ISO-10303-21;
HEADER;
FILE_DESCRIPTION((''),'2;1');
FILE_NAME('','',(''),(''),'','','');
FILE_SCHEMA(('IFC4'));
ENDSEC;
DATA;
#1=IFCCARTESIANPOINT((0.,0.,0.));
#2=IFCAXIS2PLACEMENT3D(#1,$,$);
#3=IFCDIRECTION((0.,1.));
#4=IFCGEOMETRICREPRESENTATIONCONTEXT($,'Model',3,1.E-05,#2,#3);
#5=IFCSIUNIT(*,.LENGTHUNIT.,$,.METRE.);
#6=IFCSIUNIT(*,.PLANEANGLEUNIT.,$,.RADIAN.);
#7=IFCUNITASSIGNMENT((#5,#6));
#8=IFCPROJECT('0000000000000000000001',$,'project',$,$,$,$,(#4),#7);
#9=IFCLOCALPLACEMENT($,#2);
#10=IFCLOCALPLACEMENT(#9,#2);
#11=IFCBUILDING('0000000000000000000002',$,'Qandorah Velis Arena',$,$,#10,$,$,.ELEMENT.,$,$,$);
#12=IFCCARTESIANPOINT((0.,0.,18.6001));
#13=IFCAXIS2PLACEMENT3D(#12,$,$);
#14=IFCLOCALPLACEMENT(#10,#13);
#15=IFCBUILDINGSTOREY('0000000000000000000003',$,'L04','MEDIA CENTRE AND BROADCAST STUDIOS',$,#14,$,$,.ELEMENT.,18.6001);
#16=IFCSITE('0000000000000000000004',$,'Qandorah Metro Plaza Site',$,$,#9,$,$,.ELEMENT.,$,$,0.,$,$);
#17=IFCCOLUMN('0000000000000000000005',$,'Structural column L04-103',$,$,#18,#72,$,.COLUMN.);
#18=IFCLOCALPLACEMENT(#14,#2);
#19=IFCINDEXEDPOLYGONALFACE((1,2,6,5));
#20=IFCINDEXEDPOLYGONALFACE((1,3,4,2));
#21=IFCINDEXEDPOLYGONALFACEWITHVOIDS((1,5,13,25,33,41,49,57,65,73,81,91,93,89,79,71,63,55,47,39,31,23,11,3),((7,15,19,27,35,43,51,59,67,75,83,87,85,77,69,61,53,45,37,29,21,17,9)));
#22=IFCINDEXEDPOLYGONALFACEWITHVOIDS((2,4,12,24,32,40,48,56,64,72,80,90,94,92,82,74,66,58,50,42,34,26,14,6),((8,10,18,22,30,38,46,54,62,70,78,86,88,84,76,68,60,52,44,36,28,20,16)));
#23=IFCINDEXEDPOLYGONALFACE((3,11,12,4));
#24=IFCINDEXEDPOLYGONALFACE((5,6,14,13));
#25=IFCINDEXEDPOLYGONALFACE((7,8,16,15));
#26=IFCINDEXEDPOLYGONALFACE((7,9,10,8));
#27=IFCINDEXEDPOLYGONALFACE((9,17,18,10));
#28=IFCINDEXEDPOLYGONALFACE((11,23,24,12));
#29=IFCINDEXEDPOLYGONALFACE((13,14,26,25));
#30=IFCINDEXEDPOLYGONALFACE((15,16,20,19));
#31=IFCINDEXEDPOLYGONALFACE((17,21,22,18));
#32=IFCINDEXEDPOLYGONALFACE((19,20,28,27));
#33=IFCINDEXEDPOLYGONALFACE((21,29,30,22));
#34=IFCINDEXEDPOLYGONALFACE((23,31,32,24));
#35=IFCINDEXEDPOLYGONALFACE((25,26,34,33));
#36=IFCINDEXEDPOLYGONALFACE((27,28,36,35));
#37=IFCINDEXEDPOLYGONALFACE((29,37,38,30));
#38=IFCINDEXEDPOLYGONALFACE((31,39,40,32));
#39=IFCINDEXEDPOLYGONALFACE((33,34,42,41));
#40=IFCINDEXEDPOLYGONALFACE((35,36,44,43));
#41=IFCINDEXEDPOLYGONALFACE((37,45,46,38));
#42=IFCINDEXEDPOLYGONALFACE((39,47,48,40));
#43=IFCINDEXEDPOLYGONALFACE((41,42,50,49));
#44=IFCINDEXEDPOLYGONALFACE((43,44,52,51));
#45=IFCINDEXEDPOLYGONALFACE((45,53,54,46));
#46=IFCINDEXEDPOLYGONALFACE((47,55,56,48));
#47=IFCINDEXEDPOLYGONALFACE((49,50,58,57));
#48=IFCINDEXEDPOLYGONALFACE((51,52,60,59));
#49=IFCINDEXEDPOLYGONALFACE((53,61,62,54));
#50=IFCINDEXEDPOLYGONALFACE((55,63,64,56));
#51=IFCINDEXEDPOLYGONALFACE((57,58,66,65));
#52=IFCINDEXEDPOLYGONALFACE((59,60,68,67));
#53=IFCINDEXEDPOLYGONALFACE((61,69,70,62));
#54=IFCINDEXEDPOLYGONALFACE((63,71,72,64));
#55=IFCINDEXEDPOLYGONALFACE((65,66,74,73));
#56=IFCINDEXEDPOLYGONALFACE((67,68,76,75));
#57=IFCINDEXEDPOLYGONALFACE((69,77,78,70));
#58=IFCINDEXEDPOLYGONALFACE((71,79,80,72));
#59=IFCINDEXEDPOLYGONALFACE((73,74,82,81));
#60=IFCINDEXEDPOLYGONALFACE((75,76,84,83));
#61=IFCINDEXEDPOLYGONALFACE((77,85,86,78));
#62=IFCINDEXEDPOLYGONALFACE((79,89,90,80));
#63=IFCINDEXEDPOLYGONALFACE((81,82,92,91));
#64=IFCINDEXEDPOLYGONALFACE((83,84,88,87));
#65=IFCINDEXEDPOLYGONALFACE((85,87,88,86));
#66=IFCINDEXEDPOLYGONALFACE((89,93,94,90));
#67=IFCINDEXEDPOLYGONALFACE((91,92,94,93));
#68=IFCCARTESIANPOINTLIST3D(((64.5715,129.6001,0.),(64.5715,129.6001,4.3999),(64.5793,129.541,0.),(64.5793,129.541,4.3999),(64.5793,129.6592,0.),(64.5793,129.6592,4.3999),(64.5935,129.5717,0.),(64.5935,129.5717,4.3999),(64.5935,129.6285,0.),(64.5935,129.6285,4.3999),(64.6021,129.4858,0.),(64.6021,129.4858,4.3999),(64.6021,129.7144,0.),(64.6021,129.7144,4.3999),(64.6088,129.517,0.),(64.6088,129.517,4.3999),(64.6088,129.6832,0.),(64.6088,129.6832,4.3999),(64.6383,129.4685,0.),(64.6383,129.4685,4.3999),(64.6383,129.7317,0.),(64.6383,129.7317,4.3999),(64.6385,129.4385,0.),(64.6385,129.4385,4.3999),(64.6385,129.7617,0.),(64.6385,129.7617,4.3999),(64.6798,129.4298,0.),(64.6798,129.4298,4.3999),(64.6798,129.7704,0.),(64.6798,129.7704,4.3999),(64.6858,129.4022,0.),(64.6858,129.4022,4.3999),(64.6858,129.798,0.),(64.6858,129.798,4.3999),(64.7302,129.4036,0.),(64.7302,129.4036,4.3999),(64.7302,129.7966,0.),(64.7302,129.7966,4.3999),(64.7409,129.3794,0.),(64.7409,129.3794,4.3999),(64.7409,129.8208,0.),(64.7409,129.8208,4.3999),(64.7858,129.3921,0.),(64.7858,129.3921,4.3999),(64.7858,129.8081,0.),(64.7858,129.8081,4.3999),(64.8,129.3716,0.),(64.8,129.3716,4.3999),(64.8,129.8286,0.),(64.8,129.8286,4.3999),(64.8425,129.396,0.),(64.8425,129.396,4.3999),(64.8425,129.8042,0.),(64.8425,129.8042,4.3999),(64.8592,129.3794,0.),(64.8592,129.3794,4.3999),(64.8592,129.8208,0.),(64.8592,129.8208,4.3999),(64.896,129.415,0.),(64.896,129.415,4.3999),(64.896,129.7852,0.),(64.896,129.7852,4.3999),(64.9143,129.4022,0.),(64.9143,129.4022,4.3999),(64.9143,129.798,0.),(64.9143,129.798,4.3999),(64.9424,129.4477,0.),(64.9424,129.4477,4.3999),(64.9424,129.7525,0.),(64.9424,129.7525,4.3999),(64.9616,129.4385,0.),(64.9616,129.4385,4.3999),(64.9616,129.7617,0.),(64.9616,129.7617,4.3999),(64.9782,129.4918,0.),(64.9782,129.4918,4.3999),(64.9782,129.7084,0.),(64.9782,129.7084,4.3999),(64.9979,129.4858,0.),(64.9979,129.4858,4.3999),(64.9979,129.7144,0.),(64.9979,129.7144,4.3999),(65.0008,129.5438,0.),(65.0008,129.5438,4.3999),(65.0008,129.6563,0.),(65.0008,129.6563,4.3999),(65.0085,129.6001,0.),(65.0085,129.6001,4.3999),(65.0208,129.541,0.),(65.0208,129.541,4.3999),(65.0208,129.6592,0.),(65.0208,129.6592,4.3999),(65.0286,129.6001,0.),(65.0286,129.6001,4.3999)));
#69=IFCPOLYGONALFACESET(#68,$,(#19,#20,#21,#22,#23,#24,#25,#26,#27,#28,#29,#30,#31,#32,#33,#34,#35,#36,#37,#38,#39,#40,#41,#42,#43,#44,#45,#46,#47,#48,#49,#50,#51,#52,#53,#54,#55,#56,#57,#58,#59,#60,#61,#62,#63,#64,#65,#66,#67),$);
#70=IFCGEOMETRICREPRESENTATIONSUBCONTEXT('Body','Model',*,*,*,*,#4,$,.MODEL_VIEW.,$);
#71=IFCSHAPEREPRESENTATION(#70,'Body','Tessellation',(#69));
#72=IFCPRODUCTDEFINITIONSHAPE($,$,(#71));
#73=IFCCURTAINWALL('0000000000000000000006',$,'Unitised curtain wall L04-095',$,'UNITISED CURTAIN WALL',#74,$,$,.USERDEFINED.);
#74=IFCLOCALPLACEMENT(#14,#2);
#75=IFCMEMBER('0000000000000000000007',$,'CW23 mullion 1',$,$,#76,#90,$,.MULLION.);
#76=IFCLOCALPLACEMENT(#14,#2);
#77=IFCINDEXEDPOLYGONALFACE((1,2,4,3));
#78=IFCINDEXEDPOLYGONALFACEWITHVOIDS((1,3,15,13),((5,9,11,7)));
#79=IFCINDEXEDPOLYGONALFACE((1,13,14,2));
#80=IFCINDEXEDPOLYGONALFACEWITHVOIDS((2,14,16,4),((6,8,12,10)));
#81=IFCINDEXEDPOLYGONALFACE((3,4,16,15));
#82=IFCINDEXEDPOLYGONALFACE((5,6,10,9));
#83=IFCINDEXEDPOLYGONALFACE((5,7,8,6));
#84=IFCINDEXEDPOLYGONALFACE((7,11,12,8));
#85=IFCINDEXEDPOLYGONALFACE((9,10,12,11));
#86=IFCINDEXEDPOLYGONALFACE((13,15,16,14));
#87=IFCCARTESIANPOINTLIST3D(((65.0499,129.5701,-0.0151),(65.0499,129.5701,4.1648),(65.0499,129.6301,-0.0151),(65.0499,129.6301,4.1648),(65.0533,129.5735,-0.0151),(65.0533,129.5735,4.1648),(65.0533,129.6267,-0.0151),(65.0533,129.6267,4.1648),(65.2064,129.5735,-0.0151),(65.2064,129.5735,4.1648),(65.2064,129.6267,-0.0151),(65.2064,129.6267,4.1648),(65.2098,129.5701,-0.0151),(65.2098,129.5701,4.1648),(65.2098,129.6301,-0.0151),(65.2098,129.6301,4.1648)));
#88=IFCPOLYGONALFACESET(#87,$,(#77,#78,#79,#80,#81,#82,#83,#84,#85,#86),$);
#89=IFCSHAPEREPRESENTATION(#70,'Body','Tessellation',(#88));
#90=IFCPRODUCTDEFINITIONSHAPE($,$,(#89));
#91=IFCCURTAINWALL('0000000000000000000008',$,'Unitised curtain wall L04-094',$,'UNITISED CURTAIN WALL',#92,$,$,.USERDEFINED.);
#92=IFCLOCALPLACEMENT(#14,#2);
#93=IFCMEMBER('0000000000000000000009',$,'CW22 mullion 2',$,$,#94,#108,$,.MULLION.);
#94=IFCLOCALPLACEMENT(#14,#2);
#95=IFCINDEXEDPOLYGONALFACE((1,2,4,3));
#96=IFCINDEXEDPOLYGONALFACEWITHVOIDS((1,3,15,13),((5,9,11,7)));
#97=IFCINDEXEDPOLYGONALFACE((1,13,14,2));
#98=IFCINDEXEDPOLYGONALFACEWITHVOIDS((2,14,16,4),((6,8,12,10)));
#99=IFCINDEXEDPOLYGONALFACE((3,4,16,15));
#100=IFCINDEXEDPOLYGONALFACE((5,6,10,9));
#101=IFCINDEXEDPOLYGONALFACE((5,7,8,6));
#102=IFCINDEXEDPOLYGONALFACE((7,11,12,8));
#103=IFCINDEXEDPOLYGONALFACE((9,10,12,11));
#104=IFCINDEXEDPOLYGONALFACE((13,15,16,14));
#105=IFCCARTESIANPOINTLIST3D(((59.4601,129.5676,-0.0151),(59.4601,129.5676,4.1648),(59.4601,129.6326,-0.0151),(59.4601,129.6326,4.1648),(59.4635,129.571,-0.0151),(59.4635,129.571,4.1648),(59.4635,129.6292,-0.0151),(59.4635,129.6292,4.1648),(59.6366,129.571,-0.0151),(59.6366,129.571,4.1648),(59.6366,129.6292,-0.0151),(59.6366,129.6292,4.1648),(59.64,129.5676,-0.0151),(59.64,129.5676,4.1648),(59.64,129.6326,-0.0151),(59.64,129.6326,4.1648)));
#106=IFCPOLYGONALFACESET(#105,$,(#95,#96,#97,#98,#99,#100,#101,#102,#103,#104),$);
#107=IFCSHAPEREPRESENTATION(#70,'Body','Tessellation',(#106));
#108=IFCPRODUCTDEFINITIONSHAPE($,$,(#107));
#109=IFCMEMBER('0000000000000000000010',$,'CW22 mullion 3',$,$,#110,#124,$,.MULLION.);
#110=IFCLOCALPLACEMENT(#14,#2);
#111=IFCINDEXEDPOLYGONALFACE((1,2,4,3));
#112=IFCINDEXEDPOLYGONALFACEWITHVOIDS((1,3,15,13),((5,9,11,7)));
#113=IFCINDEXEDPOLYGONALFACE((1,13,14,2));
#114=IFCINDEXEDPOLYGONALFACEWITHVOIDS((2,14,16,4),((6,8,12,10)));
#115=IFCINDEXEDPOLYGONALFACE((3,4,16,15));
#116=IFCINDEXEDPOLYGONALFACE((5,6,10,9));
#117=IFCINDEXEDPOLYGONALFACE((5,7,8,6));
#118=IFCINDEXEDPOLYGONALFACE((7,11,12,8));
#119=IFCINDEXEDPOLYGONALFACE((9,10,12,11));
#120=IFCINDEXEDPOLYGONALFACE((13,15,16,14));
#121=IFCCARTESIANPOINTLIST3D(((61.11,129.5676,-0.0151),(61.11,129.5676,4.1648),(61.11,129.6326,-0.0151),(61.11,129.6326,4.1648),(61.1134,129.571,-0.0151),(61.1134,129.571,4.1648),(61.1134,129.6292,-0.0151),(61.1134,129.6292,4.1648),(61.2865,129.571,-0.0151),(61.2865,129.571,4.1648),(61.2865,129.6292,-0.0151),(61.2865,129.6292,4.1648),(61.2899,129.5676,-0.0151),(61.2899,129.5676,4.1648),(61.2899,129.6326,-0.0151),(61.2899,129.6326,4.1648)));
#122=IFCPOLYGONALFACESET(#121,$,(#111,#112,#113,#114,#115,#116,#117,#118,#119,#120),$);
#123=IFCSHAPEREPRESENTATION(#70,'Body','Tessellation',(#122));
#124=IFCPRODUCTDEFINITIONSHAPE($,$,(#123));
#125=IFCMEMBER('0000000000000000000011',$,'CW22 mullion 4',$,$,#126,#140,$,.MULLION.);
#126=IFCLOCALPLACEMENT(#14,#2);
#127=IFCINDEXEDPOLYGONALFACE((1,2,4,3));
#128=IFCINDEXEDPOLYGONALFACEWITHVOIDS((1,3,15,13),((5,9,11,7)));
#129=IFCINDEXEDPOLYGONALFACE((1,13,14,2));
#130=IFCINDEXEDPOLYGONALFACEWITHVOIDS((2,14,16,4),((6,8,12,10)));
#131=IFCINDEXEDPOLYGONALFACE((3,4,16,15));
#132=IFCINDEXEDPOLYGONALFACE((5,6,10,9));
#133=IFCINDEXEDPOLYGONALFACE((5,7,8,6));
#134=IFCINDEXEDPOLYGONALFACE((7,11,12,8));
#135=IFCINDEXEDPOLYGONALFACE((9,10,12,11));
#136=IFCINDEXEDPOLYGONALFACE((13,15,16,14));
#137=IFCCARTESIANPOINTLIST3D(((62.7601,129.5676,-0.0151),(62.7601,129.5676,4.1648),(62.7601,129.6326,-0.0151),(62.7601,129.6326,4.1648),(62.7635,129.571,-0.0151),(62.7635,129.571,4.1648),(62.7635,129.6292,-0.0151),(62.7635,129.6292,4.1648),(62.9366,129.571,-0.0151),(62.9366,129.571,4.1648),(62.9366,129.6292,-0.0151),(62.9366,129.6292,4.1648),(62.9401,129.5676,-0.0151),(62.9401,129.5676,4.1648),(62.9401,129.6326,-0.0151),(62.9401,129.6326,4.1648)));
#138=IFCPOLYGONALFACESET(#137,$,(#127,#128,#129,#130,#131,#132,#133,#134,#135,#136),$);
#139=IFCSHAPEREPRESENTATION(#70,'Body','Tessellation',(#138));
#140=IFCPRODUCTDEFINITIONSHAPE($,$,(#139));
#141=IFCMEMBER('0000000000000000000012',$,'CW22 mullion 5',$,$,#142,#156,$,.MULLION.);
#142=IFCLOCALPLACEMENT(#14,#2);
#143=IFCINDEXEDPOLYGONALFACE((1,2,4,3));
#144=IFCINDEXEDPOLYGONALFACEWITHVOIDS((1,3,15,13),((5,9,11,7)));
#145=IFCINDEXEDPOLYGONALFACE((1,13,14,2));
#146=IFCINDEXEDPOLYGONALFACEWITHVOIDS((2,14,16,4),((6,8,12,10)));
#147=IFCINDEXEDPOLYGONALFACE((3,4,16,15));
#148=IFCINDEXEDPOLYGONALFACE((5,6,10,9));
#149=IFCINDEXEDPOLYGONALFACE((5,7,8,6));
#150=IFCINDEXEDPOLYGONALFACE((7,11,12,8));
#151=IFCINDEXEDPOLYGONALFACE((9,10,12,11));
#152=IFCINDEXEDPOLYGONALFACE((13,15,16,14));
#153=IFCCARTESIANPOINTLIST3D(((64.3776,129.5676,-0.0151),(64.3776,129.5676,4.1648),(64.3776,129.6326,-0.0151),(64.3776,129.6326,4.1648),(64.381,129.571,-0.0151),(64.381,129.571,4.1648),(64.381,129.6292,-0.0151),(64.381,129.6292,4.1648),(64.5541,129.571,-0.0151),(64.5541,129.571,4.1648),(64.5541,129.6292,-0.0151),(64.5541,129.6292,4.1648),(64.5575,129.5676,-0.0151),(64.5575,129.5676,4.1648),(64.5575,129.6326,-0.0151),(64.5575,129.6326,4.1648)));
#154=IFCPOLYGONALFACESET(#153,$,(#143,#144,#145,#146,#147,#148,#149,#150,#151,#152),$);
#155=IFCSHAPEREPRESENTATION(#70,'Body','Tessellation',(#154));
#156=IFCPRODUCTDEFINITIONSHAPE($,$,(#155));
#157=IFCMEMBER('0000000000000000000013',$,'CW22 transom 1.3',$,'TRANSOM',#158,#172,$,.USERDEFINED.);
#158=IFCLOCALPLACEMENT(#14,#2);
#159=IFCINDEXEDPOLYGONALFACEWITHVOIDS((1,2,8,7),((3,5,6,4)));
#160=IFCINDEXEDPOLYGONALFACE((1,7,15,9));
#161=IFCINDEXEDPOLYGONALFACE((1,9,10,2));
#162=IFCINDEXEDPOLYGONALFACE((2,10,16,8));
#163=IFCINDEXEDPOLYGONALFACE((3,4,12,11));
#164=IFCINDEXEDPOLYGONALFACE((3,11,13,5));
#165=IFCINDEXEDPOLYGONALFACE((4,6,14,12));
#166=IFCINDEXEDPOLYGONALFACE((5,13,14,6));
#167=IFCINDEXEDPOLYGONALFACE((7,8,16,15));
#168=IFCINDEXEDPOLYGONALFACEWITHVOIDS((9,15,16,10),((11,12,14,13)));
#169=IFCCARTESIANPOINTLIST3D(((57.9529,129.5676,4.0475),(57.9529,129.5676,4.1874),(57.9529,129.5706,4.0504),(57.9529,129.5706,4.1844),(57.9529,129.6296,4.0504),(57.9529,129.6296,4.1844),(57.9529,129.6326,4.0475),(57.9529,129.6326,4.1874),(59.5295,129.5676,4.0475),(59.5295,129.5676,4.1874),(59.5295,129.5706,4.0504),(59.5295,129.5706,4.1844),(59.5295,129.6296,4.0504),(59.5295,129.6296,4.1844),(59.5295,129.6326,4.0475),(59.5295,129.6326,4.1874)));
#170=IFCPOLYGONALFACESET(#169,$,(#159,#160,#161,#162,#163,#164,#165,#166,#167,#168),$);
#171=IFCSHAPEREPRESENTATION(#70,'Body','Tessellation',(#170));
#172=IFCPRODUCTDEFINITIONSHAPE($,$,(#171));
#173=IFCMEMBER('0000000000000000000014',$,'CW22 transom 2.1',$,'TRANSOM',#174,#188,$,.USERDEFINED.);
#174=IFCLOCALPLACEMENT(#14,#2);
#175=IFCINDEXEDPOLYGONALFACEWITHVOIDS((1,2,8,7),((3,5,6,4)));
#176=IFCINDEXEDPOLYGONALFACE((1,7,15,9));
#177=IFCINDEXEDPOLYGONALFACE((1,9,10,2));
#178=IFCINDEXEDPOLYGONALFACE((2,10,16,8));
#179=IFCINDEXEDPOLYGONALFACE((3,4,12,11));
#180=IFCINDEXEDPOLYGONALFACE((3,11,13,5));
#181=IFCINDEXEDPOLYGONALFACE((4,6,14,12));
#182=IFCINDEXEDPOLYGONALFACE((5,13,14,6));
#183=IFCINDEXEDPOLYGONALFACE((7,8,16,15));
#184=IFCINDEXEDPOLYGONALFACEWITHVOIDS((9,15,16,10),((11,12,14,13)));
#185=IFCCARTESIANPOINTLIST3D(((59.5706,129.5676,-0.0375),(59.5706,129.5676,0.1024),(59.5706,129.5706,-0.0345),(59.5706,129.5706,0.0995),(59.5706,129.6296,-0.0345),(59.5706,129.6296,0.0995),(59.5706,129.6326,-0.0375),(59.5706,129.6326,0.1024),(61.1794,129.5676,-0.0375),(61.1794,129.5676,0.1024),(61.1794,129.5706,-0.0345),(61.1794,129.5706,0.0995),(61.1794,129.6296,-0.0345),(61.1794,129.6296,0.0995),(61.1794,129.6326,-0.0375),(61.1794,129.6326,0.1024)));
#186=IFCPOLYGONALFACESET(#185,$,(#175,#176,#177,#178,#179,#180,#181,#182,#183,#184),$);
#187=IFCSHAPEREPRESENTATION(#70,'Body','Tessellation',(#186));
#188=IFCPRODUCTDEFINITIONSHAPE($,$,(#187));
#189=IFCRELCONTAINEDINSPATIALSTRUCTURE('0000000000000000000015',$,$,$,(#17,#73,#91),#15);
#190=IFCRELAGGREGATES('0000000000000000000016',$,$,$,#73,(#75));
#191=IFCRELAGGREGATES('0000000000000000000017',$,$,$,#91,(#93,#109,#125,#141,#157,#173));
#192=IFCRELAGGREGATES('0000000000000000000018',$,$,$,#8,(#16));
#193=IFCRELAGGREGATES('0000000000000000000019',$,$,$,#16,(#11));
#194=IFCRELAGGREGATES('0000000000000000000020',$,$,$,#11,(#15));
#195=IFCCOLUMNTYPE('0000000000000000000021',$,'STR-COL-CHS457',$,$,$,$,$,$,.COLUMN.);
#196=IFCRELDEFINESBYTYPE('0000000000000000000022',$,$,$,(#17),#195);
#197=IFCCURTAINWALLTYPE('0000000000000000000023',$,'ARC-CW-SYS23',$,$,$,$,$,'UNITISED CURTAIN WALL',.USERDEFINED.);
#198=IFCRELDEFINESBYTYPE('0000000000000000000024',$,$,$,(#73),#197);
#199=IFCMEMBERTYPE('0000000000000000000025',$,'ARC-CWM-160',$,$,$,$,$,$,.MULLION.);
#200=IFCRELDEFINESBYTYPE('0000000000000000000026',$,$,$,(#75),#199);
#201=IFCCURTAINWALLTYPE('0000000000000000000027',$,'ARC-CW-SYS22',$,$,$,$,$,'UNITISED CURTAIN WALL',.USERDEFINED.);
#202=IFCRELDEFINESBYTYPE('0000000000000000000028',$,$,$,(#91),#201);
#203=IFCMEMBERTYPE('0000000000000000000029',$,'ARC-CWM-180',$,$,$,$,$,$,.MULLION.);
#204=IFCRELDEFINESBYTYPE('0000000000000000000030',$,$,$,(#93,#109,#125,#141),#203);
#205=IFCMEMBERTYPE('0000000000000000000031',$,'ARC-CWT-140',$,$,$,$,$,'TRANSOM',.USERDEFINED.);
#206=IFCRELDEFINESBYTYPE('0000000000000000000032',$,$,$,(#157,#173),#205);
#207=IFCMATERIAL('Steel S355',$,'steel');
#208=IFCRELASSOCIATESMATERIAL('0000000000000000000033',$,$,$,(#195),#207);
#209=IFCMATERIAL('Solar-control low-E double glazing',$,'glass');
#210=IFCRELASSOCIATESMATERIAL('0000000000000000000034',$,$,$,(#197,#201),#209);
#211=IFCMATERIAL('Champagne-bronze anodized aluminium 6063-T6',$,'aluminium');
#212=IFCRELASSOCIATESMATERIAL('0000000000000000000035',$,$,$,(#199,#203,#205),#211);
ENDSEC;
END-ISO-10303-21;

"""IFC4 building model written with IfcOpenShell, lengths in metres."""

from ifc_helpers import new_model, si_unit, direction, frame, origin, origin_2d, place, context, subcontext, project, spatial, hollow_rectangle, hollow_circle, extrude, material, material_profile, profile_set, type_object, element, aggregate, save


model = new_model("IFC4")

# Units and contexts
model_context = context("Model", 3, precision=1e-05, world=origin(), true_north=direction((0.0, 1.0)))
body_context = subcontext(model_context, "Body", "Model", "MODEL_VIEW")
ifc_project = project(units=[si_unit("LENGTHUNIT", "METRE"), si_unit("PLANEANGLEUNIT", "RADIAN")], contexts=[model_context])

# Site, building, storey
site_placement = place(None, origin())
site = spatial("IfcSite", under=ifc_project, at=site_placement, Name="Qandorah Metro Plaza Site", CompositionType="ELEMENT", RefElevation=0.0)
building_placement = place(site_placement, origin())
building = spatial("IfcBuilding", under=site, at=building_placement, Name="Qandorah Velis Arena", CompositionType="ELEMENT")
storey_placement = place(building_placement, frame((0.0, 0.0, 18.6001)))
storey = spatial("IfcBuildingStorey", under=building, at=storey_placement, Name="L04", Description="MEDIA CENTRE AND BROADCAST STUDIOS", CompositionType="ELEMENT", Elevation=18.6001)

# Column
ifc_material_1 = material(Name="Steel S355", Category="steel")
ifc_material_profile_1 = material_profile(ifc_material_1, hollow_circle(Radius=0.2285, WallThickness=0.02, at=origin_2d()), Name="CHS 457x20")
ifc_profile_set_1 = profile_set([ifc_material_profile_1], Name="Steel S355")
column_type = type_object("IfcColumnType", Name="STR-COL-CHS457", PredefinedType="COLUMN", material=ifc_profile_set_1)
column_placement = place(storey_placement, frame((64.8, 129.6001, 0.0), z_axis=(0.0, 0.0, 1.0), x_axis=(1.0, 0.0, 0.0)))
element("IfcColumn", 1, at=column_placement, inside=storey, type_object=column_type, Name="Structural column L04-103", PredefinedType="COLUMN", context=body_context, shape_type="SweptSolid", body=[
    extrude(hollow_circle(Radius=0.2285, WallThickness=0.02, at=origin_2d()), origin(), (0.0, 0.0, 1.0), 4.3999),
])

# Curtain wall, member
ifc_material_2 = material(Name="Solar-control low-E double glazing", Category="glass")
curtain_wall_type_1 = type_object("IfcCurtainWallType", Name="ARC-CW-SYS23", ElementType="UNITISED CURTAIN WALL", PredefinedType="USERDEFINED", material=ifc_material_2)
curtain_wall_1_placement = place(storey_placement, origin())
curtain_wall_1 = element("IfcCurtainWall", 2, at=curtain_wall_1_placement, inside=storey, type_object=curtain_wall_type_1, Name="Unitised curtain wall L04-095", ObjectType="UNITISED CURTAIN WALL", PredefinedType="USERDEFINED")
ifc_material_3 = material(Name="Champagne-bronze anodized aluminium 6063-T6", Category="aluminium")
ifc_material_profile_2 = material_profile(ifc_material_3, hollow_rectangle(XDim=0.0601, YDim=0.1599, WallThickness=0.0034, at=origin_2d()), Name="ALU MULLION 60x160")
ifc_profile_set_2 = profile_set([ifc_material_profile_2], Name="Champagne-bronze anodized aluminium 6063-T6")
member_type_1 = type_object("IfcMemberType", Name="ARC-CWM-160", PredefinedType="MULLION", material=ifc_profile_set_2)
member_1_placement = place(storey_placement, frame((65.1299, 129.6001, -0.0151), z_axis=(0.0, 0.0, 1.0), x_axis=(0.0, 1.0, 0.0)))
member_1 = element("IfcMember", 3, at=member_1_placement, type_object=member_type_1, Name="CW23 mullion 1", PredefinedType="MULLION", context=body_context, shape_type="SweptSolid", body=[
    extrude(hollow_rectangle(XDim=0.0601, YDim=0.1599, WallThickness=0.0034, at=origin_2d()), origin(), (0.0, 0.0, 1.0), 4.1799),
])
aggregate(curtain_wall_1, [member_1])

# Curtain wall, members
curtain_wall_type_2 = type_object("IfcCurtainWallType", Name="ARC-CW-SYS22", ElementType="UNITISED CURTAIN WALL", PredefinedType="USERDEFINED", material=ifc_material_2)
curtain_wall_2_placement = place(storey_placement, origin())
curtain_wall_2 = element("IfcCurtainWall", 4, at=curtain_wall_2_placement, inside=storey, type_object=curtain_wall_type_2, Name="Unitised curtain wall L04-094", ObjectType="UNITISED CURTAIN WALL", PredefinedType="USERDEFINED")
ifc_material_profile_3 = material_profile(ifc_material_3, hollow_rectangle(XDim=0.0649, YDim=0.1799, WallThickness=0.0034, at=origin_2d()), Name="ALU MULLION 65x180")
ifc_profile_set_3 = profile_set([ifc_material_profile_3], Name="Champagne-bronze anodized aluminium 6063-T6")
member_type_2 = type_object("IfcMemberType", Name="ARC-CWM-180", PredefinedType="MULLION", material=ifc_profile_set_3)
member_2_placement = place(storey_placement, frame((59.55, 129.6001, -0.0151), z_axis=(0.0, 0.0, 1.0), x_axis=(0.0, 1.0, 0.0)))
member_2 = element("IfcMember", 5, at=member_2_placement, type_object=member_type_2, Name="CW22 mullion 2", PredefinedType="MULLION", context=body_context, shape_type="SweptSolid", body=[
    extrude(hollow_rectangle(XDim=0.0649, YDim=0.1799, WallThickness=0.0034, at=origin_2d()), origin(), (0.0, 0.0, 1.0), 4.1799),
])
member_3_placement = place(storey_placement, frame((61.2, 129.6001, -0.0151), z_axis=(0.0, 0.0, 1.0), x_axis=(0.0, 1.0, 0.0)))
member_3 = element("IfcMember", 6, at=member_3_placement, type_object=member_type_2, Name="CW22 mullion 3", PredefinedType="MULLION", context=body_context, shape_type="SweptSolid", body=[
    extrude(hollow_rectangle(XDim=0.0649, YDim=0.1799, WallThickness=0.0034, at=origin_2d()), origin(), (0.0, 0.0, 1.0), 4.1799),
])
member_4_placement = place(storey_placement, frame((62.8501, 129.6001, -0.0151), z_axis=(0.0, 0.0, 1.0), x_axis=(0.0, 1.0, 0.0)))
member_4 = element("IfcMember", 7, at=member_4_placement, type_object=member_type_2, Name="CW22 mullion 4", PredefinedType="MULLION", context=body_context, shape_type="SweptSolid", body=[
    extrude(hollow_rectangle(XDim=0.0649, YDim=0.1799, WallThickness=0.0034, at=origin_2d()), origin(), (0.0, 0.0, 1.0), 4.1799),
])
member_5_placement = place(storey_placement, frame((64.4675, 129.6001, -0.0151), z_axis=(0.0, 0.0, 1.0), x_axis=(0.0, 1.0, 0.0)))
member_5 = element("IfcMember", 8, at=member_5_placement, type_object=member_type_2, Name="CW22 mullion 5", PredefinedType="MULLION", context=body_context, shape_type="SweptSolid", body=[
    extrude(hollow_rectangle(XDim=0.0649, YDim=0.1799, WallThickness=0.0034, at=origin_2d()), origin(), (0.0, 0.0, 1.0), 4.1799),
])
ifc_material_profile_4 = material_profile(ifc_material_3, hollow_rectangle(XDim=0.0649, YDim=0.1399, WallThickness=0.0029, at=origin_2d()), Name="ALU TRANSOM 65x140")
ifc_profile_set_4 = profile_set([ifc_material_profile_4], Name="Champagne-bronze anodized aluminium 6063-T6")
member_type_3 = type_object("IfcMemberType", Name="ARC-CWT-140", ElementType="TRANSOM", PredefinedType="USERDEFINED", material=ifc_profile_set_4)
member_6_placement = place(storey_placement, frame((57.9529, 129.6001, 4.1174), z_axis=(1.0, 0.0, 0.0), x_axis=(0.0, 1.0, 0.0)))
member_6 = element("IfcMember", 9, at=member_6_placement, type_object=member_type_3, Name="CW22 transom 1.3", ObjectType="TRANSOM", PredefinedType="USERDEFINED", context=body_context, shape_type="SweptSolid", body=[
    extrude(hollow_rectangle(XDim=0.0649, YDim=0.1399, WallThickness=0.0029, at=origin_2d()), origin(), (0.0, 0.0, 1.0), 1.5767),
])
member_7_placement = place(storey_placement, frame((59.5706, 129.6001, 0.0325), z_axis=(1.0, 0.0, 0.0), x_axis=(0.0, 1.0, 0.0)))
member_7 = element("IfcMember", 10, at=member_7_placement, type_object=member_type_3, Name="CW22 transom 2.1", ObjectType="TRANSOM", PredefinedType="USERDEFINED", context=body_context, shape_type="SweptSolid", body=[
    extrude(hollow_rectangle(XDim=0.0649, YDim=0.1399, WallThickness=0.0029, at=origin_2d()), origin(), (0.0, 0.0, 1.0), 1.6089),
])

aggregate(curtain_wall_2, [member_2, member_3, member_4, member_5, member_6, member_7])

save(model, "model.ifc")
